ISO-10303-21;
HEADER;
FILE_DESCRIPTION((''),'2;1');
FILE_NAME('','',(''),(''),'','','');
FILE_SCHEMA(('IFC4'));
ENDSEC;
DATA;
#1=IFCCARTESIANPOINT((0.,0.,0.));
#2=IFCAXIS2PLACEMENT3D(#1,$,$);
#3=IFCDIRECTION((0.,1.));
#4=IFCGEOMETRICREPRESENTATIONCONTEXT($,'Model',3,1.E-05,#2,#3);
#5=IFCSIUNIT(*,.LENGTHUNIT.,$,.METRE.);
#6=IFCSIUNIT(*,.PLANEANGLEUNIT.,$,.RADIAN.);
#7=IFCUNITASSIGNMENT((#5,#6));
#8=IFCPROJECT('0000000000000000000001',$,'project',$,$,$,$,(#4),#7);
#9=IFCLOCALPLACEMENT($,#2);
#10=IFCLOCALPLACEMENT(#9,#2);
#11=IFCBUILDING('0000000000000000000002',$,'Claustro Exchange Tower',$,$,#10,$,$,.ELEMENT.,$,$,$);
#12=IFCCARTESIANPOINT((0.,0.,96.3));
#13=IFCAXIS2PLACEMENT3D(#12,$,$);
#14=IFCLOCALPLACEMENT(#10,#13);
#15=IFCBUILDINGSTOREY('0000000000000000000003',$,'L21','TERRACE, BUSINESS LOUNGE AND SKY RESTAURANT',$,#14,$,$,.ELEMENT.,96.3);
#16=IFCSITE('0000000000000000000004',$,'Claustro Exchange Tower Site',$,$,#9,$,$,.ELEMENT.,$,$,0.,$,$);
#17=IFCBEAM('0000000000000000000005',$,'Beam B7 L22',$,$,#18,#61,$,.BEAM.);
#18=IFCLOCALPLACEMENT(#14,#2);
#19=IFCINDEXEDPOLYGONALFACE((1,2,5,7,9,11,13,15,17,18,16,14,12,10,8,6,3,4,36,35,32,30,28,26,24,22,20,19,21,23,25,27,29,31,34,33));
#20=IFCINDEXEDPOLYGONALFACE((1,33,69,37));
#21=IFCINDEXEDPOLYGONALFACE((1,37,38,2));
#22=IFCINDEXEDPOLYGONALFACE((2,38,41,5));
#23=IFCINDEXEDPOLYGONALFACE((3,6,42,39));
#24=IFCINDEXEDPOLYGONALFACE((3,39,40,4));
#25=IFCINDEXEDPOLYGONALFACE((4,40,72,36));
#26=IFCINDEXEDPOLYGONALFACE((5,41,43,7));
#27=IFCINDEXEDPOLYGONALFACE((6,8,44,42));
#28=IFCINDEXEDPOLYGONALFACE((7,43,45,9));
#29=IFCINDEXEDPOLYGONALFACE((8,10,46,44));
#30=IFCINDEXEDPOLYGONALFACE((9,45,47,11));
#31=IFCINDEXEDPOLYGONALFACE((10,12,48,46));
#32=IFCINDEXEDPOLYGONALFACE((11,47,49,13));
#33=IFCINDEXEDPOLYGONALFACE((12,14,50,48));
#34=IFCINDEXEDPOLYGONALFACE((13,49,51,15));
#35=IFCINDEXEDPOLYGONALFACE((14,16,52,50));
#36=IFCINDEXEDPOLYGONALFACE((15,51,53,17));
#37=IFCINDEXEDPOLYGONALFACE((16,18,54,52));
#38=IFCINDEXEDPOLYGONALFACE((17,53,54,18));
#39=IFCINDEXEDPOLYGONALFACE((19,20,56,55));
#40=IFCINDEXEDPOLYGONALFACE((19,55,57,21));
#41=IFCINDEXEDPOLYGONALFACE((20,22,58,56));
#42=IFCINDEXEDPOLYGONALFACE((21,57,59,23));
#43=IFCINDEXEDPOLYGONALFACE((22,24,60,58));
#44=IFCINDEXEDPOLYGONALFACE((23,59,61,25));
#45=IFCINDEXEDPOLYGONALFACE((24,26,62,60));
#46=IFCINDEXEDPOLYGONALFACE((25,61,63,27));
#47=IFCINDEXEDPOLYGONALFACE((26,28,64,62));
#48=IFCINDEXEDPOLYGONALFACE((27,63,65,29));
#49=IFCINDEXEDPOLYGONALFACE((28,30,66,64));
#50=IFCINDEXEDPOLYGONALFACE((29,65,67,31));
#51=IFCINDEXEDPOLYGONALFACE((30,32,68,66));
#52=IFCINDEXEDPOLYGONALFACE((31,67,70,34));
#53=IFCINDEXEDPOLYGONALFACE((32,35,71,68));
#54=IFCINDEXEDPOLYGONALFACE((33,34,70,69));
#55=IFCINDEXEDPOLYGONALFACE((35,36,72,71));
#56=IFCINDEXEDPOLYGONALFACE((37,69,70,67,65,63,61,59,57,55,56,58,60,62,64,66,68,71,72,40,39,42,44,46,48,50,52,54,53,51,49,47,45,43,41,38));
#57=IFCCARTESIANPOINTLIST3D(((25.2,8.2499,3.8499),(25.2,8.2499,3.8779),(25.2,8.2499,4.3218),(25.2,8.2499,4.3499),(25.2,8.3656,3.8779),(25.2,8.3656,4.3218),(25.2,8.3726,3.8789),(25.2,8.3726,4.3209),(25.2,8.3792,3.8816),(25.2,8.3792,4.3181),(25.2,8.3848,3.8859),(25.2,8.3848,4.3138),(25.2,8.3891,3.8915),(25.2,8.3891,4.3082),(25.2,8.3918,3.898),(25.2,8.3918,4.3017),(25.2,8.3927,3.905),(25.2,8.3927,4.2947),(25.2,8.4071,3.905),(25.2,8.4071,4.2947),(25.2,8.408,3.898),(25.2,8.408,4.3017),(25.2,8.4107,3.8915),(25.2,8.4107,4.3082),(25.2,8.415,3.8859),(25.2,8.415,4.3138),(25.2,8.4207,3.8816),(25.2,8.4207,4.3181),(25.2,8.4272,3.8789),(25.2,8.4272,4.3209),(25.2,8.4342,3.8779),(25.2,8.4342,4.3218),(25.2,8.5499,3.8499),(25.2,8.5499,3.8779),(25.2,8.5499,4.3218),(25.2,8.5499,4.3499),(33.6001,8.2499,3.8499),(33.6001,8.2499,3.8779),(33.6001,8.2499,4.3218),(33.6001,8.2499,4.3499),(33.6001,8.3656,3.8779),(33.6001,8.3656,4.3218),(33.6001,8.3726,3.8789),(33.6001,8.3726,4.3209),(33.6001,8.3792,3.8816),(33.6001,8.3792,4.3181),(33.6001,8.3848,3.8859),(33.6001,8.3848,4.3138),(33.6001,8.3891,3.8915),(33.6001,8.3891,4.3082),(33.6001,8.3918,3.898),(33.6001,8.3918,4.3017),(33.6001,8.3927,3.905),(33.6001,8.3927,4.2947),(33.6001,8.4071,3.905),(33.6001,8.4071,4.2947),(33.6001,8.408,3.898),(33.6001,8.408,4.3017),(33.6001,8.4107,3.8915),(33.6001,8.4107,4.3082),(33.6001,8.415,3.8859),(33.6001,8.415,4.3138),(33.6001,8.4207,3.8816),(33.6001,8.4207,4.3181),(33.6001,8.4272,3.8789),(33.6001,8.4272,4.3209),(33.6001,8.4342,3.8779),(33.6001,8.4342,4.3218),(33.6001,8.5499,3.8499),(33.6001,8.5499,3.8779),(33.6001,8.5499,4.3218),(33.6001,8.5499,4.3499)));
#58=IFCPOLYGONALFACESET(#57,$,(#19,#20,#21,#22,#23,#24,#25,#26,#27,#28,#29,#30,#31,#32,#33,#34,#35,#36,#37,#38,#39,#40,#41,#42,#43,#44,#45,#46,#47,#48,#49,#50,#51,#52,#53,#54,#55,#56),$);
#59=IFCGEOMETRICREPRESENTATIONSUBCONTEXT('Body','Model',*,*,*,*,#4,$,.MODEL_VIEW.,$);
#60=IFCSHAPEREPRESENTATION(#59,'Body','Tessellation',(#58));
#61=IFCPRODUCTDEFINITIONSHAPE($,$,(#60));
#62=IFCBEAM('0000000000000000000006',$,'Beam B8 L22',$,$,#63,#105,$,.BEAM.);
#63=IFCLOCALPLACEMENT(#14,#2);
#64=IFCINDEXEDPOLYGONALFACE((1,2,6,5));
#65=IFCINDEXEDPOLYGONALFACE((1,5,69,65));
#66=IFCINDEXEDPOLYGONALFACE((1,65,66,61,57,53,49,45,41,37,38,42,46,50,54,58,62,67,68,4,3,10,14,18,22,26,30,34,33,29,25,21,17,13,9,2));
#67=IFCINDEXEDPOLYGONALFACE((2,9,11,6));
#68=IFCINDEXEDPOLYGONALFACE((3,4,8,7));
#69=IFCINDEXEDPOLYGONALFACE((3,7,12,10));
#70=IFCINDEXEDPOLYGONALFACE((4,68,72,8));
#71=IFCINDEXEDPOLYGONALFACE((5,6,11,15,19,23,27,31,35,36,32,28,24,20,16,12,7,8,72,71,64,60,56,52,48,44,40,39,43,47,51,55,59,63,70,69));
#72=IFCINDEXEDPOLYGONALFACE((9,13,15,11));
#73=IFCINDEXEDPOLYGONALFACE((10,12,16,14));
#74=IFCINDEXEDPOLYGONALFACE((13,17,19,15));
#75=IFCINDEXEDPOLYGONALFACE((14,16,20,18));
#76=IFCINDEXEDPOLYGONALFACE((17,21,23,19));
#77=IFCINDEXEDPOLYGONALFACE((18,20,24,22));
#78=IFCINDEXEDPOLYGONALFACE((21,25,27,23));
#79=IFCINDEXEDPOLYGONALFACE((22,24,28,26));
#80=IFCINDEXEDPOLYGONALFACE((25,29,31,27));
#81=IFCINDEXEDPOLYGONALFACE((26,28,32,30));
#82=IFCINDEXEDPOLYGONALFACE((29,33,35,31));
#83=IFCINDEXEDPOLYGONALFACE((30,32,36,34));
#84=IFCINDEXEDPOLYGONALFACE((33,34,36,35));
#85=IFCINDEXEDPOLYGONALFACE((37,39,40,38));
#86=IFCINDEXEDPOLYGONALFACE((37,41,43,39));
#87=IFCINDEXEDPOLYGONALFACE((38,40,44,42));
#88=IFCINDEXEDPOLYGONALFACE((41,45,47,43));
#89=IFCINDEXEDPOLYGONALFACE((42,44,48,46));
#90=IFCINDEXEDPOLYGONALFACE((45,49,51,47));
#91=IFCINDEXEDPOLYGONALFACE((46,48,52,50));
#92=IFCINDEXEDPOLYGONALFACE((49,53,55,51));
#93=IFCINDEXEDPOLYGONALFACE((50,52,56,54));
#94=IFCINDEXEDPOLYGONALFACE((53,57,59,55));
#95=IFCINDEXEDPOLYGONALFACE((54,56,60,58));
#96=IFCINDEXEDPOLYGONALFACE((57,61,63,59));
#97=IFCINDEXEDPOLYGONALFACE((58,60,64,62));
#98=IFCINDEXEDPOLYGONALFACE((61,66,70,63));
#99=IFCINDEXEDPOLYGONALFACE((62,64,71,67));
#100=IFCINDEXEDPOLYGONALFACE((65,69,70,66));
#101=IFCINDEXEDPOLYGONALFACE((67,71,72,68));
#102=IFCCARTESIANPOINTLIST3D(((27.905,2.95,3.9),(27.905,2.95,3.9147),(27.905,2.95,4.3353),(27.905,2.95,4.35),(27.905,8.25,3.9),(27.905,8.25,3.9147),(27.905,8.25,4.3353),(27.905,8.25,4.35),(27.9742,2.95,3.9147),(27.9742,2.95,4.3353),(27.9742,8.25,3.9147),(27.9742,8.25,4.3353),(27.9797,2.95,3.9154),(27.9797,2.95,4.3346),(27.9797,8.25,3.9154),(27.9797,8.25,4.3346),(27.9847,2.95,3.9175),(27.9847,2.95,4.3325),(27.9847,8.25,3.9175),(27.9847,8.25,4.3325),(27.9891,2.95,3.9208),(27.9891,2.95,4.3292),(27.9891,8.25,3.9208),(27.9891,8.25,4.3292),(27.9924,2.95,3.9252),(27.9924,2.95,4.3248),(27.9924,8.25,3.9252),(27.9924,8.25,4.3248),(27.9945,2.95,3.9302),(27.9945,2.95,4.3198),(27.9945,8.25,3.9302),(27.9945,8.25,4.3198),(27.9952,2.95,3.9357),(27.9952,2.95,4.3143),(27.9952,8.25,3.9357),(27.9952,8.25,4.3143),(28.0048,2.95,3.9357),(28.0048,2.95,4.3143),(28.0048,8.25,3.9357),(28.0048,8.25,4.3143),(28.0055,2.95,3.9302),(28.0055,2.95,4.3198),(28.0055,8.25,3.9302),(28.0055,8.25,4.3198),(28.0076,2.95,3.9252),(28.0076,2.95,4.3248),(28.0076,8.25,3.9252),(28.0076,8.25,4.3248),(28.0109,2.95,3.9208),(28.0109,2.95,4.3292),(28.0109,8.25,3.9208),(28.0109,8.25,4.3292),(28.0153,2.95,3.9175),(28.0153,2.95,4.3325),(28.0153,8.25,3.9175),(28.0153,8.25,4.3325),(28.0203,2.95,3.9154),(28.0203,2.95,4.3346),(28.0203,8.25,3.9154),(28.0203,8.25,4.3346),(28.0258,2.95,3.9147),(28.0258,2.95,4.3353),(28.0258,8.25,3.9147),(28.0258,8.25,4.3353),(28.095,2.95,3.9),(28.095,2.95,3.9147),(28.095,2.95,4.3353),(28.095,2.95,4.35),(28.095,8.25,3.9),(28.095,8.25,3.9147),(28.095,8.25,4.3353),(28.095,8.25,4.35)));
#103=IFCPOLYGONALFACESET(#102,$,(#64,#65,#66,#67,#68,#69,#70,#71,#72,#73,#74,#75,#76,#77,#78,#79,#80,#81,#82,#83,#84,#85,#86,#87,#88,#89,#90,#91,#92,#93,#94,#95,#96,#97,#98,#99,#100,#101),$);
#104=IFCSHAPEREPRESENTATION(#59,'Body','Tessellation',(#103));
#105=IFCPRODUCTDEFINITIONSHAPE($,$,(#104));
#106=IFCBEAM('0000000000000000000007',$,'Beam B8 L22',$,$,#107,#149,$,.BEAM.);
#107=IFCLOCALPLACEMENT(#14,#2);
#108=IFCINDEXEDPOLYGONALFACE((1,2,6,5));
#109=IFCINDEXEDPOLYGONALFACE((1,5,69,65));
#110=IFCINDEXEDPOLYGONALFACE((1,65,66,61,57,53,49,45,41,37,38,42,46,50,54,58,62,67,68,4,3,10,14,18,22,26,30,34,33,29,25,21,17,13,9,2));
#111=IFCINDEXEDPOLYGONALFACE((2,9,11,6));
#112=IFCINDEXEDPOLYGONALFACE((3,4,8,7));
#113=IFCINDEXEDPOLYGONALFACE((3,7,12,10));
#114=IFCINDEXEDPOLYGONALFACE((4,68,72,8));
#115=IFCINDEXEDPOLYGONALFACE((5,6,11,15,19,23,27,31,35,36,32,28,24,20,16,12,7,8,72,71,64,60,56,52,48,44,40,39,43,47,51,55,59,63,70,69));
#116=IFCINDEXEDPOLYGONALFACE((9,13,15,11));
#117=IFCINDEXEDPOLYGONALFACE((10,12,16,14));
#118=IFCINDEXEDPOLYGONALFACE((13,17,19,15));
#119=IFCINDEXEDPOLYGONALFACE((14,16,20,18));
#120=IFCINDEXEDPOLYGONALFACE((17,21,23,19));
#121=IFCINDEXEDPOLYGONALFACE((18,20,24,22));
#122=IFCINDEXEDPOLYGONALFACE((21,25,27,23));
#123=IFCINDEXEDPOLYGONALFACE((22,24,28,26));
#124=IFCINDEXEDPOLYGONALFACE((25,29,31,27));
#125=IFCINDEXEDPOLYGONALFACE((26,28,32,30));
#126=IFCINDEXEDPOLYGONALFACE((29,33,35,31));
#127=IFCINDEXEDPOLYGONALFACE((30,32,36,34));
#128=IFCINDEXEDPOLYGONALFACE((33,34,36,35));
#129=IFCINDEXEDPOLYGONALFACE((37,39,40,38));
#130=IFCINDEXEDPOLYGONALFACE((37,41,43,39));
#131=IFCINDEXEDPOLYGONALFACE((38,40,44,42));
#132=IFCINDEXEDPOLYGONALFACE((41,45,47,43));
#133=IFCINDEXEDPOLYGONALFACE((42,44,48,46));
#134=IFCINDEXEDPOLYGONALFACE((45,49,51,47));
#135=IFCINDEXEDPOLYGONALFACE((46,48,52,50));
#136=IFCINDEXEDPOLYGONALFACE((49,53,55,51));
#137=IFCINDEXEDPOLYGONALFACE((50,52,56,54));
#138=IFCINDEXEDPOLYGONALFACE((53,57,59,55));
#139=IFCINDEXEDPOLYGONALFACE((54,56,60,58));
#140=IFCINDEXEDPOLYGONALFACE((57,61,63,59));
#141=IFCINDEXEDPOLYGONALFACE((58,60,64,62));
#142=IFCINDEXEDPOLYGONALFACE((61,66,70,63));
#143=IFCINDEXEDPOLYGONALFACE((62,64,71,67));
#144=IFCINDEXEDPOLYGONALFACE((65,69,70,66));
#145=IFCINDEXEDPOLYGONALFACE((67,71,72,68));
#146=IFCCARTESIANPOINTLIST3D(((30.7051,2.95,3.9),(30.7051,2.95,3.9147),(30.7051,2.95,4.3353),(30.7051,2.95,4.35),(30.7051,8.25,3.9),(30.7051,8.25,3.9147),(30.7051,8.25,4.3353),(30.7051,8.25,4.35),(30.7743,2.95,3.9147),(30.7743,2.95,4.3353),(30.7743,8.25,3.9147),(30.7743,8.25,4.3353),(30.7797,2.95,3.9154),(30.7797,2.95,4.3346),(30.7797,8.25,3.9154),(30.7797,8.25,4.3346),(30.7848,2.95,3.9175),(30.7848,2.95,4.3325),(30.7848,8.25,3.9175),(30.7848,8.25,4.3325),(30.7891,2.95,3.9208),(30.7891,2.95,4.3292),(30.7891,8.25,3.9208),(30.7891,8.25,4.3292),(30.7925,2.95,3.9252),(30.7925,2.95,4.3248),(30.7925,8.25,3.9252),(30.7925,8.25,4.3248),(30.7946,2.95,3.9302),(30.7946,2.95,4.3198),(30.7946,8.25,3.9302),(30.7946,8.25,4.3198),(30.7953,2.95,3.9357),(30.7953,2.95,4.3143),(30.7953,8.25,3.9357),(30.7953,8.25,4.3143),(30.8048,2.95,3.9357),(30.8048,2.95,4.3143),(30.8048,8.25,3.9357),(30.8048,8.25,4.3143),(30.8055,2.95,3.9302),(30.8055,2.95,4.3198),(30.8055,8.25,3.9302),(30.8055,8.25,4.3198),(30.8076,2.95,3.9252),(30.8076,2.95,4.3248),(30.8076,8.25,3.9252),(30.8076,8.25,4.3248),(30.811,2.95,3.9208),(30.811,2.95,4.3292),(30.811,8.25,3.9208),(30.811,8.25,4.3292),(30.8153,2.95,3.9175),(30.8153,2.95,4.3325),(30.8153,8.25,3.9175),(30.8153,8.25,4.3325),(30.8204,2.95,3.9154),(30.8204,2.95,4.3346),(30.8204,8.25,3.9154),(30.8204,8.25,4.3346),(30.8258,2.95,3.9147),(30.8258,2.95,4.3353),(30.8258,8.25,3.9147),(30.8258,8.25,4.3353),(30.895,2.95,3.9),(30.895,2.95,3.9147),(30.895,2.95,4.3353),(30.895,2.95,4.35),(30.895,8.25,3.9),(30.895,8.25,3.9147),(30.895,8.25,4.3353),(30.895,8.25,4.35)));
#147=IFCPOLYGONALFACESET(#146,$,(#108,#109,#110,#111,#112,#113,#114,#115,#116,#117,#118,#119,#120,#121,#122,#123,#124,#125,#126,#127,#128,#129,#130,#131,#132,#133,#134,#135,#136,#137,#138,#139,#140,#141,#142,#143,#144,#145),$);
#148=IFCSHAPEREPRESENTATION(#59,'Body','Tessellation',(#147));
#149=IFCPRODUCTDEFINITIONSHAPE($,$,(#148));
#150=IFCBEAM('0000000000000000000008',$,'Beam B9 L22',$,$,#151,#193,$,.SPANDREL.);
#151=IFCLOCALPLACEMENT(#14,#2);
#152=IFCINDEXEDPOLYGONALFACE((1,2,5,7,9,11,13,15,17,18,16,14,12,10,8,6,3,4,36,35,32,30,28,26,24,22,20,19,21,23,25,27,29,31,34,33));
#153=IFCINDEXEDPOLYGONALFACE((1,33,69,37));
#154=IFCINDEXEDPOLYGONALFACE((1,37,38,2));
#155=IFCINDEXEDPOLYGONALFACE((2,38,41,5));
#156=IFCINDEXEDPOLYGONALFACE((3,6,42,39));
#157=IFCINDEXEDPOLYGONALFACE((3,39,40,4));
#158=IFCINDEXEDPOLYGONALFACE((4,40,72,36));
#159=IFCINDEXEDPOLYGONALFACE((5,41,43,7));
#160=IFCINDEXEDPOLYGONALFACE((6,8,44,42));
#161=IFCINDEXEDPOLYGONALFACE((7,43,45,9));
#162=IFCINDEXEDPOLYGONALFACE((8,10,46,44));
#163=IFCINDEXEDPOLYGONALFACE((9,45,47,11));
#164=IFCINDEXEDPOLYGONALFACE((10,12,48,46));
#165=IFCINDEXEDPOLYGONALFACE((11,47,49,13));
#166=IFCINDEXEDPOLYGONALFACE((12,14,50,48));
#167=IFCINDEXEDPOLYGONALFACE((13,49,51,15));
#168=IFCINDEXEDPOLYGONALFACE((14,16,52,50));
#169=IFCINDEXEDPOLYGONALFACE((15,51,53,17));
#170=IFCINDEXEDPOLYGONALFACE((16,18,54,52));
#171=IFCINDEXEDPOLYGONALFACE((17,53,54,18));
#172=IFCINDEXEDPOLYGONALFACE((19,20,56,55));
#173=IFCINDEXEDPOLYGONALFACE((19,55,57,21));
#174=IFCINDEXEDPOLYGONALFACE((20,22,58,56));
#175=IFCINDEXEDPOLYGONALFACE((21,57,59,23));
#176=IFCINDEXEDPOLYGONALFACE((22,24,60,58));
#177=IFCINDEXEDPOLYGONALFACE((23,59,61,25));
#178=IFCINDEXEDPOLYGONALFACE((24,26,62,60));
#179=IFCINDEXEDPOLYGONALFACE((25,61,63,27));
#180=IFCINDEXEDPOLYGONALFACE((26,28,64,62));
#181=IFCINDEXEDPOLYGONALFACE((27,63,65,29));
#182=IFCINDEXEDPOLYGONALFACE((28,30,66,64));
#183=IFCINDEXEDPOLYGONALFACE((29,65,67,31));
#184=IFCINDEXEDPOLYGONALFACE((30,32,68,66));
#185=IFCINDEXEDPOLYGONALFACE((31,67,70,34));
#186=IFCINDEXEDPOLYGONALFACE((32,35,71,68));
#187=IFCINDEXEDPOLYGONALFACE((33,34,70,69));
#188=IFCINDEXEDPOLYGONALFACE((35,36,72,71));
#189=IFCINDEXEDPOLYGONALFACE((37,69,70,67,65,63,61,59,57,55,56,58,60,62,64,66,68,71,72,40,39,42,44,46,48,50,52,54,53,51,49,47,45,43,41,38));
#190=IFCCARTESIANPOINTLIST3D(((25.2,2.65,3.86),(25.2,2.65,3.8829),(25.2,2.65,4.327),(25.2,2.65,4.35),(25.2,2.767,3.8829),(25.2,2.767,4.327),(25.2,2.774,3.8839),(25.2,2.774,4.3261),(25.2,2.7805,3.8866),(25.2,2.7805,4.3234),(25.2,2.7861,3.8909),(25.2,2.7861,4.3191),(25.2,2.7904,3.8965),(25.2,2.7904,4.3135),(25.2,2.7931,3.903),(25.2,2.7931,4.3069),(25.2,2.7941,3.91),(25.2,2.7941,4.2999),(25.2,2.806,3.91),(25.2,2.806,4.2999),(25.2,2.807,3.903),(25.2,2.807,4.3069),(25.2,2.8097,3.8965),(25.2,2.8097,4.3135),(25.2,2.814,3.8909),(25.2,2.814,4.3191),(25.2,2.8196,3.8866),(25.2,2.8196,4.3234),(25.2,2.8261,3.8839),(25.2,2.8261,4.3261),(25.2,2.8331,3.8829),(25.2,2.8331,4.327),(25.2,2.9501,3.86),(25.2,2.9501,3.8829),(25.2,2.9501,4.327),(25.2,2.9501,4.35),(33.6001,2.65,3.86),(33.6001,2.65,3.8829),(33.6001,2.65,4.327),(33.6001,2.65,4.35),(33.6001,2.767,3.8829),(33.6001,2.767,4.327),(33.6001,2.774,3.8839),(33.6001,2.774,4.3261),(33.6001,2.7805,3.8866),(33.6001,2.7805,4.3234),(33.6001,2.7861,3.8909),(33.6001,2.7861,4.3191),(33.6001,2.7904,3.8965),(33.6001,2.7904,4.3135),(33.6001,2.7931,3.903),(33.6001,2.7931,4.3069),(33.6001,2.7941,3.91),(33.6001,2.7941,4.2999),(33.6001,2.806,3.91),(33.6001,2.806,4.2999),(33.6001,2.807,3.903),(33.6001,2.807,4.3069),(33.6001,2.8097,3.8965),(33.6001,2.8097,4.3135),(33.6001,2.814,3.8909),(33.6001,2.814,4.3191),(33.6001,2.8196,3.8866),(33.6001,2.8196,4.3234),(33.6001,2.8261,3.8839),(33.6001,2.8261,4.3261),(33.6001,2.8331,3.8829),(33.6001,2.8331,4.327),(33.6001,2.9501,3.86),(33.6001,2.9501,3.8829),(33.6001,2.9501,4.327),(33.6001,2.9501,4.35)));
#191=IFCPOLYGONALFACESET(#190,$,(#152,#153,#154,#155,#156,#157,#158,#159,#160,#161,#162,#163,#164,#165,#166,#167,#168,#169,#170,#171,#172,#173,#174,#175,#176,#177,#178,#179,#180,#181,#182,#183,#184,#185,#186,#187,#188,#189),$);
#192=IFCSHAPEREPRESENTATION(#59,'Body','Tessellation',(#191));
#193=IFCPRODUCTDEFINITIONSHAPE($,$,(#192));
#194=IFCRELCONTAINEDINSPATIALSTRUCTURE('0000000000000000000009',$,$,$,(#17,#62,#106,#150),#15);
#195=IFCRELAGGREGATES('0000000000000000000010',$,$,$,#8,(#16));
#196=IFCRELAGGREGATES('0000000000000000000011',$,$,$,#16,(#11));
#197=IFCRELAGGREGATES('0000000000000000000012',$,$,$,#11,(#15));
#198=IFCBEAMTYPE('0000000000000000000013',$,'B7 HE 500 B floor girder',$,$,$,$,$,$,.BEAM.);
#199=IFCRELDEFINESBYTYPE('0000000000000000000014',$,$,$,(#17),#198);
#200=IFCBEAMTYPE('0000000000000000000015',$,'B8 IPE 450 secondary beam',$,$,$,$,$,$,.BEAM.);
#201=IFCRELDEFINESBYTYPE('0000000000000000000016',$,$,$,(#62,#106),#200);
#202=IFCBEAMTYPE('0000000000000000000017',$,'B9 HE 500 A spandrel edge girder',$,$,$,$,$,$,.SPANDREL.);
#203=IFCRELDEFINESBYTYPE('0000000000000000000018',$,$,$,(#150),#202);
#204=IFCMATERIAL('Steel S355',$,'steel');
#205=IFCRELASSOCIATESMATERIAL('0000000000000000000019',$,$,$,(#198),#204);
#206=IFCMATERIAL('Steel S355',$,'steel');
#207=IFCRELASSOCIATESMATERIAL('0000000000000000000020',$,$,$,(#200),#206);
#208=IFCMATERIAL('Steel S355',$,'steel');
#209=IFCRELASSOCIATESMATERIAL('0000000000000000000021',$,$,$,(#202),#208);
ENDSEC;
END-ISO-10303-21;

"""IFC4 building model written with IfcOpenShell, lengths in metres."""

from ifc_helpers import new_model, si_unit, direction, frame, origin, origin_2d, place, context, subcontext, project, spatial, i_section, extrude, material, material_profile, profile_set, type_object, element, save


model = new_model("IFC4")

# Units and contexts
model_context = context("Model", 3, precision=1e-05, world=origin(), true_north=direction((0.0, 1.0)))
body_context = subcontext(model_context, "Body", "Model", "MODEL_VIEW")
ifc_project = project(units=[si_unit("LENGTHUNIT", "METRE"), si_unit("PLANEANGLEUNIT", "RADIAN")], contexts=[model_context])

# Site, building, storey
site_placement = place(None, origin())
site = spatial("IfcSite", under=ifc_project, at=site_placement, Name="Claustro Exchange Tower Site", CompositionType="ELEMENT", RefElevation=0.0)
building_placement = place(site_placement, origin())
building = spatial("IfcBuilding", under=site, at=building_placement, Name="Claustro Exchange Tower", CompositionType="ELEMENT")
storey_placement = place(building_placement, frame((0.0, 0.0, 96.3)))
storey = spatial("IfcBuildingStorey", under=building, at=storey_placement, Name="L21", Description="TERRACE, BUSINESS LOUNGE AND SKY RESTAURANT", CompositionType="ELEMENT", Elevation=96.3)

# Beams
ifc_material_1 = material(Name="Steel S355", Category="steel")
ifc_material_profile_1 = material_profile(ifc_material_1, i_section(OverallWidth=0.3, OverallDepth=0.5, WebThickness=0.0144, FlangeThickness=0.0281, FilletRadius=0.0271, at=origin_2d()), Name="HE 500 B")
ifc_profile_set_1 = profile_set([ifc_material_profile_1], Name="Steel S355")
beam_type_1 = type_object("IfcBeamType", Name="B7 HE 500 B floor girder", PredefinedType="BEAM", material=ifc_profile_set_1)
beam_1_placement = place(storey_placement, frame((25.2, 8.3999, 4.0999), z_axis=(1.0, 0.0, 0.0), x_axis=(0.0, 1.0, 0.0)))
element("IfcBeam", 1, at=beam_1_placement, inside=storey, type_object=beam_type_1, Name="Beam B7 L22", PredefinedType="BEAM", context=body_context, shape_type="SweptSolid", body=[
    extrude(i_section(OverallWidth=0.3, OverallDepth=0.5, WebThickness=0.0144, FlangeThickness=0.0281, FilletRadius=0.0271, at=origin_2d()), origin(), (0.0, 0.0, 1.0), 8.4001),
])
ifc_material_2 = material(Name="Steel S355", Category="steel")
ifc_material_profile_2 = material_profile(ifc_material_2, i_section(OverallWidth=0.1899, OverallDepth=0.45, WebThickness=0.0095, FlangeThickness=0.0146, FilletRadius=0.021, at=origin_2d()), Name="IPE 450")
ifc_profile_set_2 = profile_set([ifc_material_profile_2], Name="Steel S355")
beam_type_2 = type_object("IfcBeamType", Name="B8 IPE 450 secondary beam", PredefinedType="BEAM", material=ifc_profile_set_2)
for number, where, z_axis, x_axis, name in (
    (2, (28.0, 2.95, 4.125), (0.0, 1.0, 0.0), (-1.0, 0.0, 0.0), "Beam B8 L22"),
    (3, (30.8, 2.95, 4.125), (0.0, 1.0, 0.0), (-1.0, 0.0, 0.0), "Beam B8 L22"),
):
    element("IfcBeam", number, at=place(storey_placement, frame(where, z_axis=z_axis, x_axis=x_axis)), inside=storey, type_object=beam_type_2, Name=name, PredefinedType="BEAM", context=body_context, shape_type="SweptSolid", body=[
        extrude(i_section(OverallWidth=0.1899, OverallDepth=0.45, WebThickness=0.0095, FlangeThickness=0.0146, FilletRadius=0.021, at=origin_2d()), origin(), (0.0, 0.0, 1.0), 5.3),
    ])
ifc_material_3 = material(Name="Steel S355", Category="steel")
ifc_material_profile_3 = material_profile(ifc_material_3, i_section(OverallWidth=0.3, OverallDepth=0.49, WebThickness=0.012, FlangeThickness=0.0229, FilletRadius=0.0271, at=origin_2d()), Name="HE 500 A")
ifc_profile_set_3 = profile_set([ifc_material_profile_3], Name="Steel S355")
beam_type_3 = type_object("IfcBeamType", Name="B9 HE 500 A spandrel edge girder", PredefinedType="SPANDREL", material=ifc_profile_set_3)
beam_2_placement = place(storey_placement, frame((25.2, 2.8, 4.105), z_axis=(1.0, 0.0, 0.0), x_axis=(0.0, 1.0, 0.0)))
element("IfcBeam", 4, at=beam_2_placement, inside=storey, type_object=beam_type_3, Name="Beam B9 L22", PredefinedType="SPANDREL", context=body_context, shape_type="SweptSolid", body=[
    extrude(i_section(OverallWidth=0.3, OverallDepth=0.49, WebThickness=0.012, FlangeThickness=0.0229, FilletRadius=0.0271, at=origin_2d()), origin(), (0.0, 0.0, 1.0), 8.4001),
])

save(model, "model.ifc")
